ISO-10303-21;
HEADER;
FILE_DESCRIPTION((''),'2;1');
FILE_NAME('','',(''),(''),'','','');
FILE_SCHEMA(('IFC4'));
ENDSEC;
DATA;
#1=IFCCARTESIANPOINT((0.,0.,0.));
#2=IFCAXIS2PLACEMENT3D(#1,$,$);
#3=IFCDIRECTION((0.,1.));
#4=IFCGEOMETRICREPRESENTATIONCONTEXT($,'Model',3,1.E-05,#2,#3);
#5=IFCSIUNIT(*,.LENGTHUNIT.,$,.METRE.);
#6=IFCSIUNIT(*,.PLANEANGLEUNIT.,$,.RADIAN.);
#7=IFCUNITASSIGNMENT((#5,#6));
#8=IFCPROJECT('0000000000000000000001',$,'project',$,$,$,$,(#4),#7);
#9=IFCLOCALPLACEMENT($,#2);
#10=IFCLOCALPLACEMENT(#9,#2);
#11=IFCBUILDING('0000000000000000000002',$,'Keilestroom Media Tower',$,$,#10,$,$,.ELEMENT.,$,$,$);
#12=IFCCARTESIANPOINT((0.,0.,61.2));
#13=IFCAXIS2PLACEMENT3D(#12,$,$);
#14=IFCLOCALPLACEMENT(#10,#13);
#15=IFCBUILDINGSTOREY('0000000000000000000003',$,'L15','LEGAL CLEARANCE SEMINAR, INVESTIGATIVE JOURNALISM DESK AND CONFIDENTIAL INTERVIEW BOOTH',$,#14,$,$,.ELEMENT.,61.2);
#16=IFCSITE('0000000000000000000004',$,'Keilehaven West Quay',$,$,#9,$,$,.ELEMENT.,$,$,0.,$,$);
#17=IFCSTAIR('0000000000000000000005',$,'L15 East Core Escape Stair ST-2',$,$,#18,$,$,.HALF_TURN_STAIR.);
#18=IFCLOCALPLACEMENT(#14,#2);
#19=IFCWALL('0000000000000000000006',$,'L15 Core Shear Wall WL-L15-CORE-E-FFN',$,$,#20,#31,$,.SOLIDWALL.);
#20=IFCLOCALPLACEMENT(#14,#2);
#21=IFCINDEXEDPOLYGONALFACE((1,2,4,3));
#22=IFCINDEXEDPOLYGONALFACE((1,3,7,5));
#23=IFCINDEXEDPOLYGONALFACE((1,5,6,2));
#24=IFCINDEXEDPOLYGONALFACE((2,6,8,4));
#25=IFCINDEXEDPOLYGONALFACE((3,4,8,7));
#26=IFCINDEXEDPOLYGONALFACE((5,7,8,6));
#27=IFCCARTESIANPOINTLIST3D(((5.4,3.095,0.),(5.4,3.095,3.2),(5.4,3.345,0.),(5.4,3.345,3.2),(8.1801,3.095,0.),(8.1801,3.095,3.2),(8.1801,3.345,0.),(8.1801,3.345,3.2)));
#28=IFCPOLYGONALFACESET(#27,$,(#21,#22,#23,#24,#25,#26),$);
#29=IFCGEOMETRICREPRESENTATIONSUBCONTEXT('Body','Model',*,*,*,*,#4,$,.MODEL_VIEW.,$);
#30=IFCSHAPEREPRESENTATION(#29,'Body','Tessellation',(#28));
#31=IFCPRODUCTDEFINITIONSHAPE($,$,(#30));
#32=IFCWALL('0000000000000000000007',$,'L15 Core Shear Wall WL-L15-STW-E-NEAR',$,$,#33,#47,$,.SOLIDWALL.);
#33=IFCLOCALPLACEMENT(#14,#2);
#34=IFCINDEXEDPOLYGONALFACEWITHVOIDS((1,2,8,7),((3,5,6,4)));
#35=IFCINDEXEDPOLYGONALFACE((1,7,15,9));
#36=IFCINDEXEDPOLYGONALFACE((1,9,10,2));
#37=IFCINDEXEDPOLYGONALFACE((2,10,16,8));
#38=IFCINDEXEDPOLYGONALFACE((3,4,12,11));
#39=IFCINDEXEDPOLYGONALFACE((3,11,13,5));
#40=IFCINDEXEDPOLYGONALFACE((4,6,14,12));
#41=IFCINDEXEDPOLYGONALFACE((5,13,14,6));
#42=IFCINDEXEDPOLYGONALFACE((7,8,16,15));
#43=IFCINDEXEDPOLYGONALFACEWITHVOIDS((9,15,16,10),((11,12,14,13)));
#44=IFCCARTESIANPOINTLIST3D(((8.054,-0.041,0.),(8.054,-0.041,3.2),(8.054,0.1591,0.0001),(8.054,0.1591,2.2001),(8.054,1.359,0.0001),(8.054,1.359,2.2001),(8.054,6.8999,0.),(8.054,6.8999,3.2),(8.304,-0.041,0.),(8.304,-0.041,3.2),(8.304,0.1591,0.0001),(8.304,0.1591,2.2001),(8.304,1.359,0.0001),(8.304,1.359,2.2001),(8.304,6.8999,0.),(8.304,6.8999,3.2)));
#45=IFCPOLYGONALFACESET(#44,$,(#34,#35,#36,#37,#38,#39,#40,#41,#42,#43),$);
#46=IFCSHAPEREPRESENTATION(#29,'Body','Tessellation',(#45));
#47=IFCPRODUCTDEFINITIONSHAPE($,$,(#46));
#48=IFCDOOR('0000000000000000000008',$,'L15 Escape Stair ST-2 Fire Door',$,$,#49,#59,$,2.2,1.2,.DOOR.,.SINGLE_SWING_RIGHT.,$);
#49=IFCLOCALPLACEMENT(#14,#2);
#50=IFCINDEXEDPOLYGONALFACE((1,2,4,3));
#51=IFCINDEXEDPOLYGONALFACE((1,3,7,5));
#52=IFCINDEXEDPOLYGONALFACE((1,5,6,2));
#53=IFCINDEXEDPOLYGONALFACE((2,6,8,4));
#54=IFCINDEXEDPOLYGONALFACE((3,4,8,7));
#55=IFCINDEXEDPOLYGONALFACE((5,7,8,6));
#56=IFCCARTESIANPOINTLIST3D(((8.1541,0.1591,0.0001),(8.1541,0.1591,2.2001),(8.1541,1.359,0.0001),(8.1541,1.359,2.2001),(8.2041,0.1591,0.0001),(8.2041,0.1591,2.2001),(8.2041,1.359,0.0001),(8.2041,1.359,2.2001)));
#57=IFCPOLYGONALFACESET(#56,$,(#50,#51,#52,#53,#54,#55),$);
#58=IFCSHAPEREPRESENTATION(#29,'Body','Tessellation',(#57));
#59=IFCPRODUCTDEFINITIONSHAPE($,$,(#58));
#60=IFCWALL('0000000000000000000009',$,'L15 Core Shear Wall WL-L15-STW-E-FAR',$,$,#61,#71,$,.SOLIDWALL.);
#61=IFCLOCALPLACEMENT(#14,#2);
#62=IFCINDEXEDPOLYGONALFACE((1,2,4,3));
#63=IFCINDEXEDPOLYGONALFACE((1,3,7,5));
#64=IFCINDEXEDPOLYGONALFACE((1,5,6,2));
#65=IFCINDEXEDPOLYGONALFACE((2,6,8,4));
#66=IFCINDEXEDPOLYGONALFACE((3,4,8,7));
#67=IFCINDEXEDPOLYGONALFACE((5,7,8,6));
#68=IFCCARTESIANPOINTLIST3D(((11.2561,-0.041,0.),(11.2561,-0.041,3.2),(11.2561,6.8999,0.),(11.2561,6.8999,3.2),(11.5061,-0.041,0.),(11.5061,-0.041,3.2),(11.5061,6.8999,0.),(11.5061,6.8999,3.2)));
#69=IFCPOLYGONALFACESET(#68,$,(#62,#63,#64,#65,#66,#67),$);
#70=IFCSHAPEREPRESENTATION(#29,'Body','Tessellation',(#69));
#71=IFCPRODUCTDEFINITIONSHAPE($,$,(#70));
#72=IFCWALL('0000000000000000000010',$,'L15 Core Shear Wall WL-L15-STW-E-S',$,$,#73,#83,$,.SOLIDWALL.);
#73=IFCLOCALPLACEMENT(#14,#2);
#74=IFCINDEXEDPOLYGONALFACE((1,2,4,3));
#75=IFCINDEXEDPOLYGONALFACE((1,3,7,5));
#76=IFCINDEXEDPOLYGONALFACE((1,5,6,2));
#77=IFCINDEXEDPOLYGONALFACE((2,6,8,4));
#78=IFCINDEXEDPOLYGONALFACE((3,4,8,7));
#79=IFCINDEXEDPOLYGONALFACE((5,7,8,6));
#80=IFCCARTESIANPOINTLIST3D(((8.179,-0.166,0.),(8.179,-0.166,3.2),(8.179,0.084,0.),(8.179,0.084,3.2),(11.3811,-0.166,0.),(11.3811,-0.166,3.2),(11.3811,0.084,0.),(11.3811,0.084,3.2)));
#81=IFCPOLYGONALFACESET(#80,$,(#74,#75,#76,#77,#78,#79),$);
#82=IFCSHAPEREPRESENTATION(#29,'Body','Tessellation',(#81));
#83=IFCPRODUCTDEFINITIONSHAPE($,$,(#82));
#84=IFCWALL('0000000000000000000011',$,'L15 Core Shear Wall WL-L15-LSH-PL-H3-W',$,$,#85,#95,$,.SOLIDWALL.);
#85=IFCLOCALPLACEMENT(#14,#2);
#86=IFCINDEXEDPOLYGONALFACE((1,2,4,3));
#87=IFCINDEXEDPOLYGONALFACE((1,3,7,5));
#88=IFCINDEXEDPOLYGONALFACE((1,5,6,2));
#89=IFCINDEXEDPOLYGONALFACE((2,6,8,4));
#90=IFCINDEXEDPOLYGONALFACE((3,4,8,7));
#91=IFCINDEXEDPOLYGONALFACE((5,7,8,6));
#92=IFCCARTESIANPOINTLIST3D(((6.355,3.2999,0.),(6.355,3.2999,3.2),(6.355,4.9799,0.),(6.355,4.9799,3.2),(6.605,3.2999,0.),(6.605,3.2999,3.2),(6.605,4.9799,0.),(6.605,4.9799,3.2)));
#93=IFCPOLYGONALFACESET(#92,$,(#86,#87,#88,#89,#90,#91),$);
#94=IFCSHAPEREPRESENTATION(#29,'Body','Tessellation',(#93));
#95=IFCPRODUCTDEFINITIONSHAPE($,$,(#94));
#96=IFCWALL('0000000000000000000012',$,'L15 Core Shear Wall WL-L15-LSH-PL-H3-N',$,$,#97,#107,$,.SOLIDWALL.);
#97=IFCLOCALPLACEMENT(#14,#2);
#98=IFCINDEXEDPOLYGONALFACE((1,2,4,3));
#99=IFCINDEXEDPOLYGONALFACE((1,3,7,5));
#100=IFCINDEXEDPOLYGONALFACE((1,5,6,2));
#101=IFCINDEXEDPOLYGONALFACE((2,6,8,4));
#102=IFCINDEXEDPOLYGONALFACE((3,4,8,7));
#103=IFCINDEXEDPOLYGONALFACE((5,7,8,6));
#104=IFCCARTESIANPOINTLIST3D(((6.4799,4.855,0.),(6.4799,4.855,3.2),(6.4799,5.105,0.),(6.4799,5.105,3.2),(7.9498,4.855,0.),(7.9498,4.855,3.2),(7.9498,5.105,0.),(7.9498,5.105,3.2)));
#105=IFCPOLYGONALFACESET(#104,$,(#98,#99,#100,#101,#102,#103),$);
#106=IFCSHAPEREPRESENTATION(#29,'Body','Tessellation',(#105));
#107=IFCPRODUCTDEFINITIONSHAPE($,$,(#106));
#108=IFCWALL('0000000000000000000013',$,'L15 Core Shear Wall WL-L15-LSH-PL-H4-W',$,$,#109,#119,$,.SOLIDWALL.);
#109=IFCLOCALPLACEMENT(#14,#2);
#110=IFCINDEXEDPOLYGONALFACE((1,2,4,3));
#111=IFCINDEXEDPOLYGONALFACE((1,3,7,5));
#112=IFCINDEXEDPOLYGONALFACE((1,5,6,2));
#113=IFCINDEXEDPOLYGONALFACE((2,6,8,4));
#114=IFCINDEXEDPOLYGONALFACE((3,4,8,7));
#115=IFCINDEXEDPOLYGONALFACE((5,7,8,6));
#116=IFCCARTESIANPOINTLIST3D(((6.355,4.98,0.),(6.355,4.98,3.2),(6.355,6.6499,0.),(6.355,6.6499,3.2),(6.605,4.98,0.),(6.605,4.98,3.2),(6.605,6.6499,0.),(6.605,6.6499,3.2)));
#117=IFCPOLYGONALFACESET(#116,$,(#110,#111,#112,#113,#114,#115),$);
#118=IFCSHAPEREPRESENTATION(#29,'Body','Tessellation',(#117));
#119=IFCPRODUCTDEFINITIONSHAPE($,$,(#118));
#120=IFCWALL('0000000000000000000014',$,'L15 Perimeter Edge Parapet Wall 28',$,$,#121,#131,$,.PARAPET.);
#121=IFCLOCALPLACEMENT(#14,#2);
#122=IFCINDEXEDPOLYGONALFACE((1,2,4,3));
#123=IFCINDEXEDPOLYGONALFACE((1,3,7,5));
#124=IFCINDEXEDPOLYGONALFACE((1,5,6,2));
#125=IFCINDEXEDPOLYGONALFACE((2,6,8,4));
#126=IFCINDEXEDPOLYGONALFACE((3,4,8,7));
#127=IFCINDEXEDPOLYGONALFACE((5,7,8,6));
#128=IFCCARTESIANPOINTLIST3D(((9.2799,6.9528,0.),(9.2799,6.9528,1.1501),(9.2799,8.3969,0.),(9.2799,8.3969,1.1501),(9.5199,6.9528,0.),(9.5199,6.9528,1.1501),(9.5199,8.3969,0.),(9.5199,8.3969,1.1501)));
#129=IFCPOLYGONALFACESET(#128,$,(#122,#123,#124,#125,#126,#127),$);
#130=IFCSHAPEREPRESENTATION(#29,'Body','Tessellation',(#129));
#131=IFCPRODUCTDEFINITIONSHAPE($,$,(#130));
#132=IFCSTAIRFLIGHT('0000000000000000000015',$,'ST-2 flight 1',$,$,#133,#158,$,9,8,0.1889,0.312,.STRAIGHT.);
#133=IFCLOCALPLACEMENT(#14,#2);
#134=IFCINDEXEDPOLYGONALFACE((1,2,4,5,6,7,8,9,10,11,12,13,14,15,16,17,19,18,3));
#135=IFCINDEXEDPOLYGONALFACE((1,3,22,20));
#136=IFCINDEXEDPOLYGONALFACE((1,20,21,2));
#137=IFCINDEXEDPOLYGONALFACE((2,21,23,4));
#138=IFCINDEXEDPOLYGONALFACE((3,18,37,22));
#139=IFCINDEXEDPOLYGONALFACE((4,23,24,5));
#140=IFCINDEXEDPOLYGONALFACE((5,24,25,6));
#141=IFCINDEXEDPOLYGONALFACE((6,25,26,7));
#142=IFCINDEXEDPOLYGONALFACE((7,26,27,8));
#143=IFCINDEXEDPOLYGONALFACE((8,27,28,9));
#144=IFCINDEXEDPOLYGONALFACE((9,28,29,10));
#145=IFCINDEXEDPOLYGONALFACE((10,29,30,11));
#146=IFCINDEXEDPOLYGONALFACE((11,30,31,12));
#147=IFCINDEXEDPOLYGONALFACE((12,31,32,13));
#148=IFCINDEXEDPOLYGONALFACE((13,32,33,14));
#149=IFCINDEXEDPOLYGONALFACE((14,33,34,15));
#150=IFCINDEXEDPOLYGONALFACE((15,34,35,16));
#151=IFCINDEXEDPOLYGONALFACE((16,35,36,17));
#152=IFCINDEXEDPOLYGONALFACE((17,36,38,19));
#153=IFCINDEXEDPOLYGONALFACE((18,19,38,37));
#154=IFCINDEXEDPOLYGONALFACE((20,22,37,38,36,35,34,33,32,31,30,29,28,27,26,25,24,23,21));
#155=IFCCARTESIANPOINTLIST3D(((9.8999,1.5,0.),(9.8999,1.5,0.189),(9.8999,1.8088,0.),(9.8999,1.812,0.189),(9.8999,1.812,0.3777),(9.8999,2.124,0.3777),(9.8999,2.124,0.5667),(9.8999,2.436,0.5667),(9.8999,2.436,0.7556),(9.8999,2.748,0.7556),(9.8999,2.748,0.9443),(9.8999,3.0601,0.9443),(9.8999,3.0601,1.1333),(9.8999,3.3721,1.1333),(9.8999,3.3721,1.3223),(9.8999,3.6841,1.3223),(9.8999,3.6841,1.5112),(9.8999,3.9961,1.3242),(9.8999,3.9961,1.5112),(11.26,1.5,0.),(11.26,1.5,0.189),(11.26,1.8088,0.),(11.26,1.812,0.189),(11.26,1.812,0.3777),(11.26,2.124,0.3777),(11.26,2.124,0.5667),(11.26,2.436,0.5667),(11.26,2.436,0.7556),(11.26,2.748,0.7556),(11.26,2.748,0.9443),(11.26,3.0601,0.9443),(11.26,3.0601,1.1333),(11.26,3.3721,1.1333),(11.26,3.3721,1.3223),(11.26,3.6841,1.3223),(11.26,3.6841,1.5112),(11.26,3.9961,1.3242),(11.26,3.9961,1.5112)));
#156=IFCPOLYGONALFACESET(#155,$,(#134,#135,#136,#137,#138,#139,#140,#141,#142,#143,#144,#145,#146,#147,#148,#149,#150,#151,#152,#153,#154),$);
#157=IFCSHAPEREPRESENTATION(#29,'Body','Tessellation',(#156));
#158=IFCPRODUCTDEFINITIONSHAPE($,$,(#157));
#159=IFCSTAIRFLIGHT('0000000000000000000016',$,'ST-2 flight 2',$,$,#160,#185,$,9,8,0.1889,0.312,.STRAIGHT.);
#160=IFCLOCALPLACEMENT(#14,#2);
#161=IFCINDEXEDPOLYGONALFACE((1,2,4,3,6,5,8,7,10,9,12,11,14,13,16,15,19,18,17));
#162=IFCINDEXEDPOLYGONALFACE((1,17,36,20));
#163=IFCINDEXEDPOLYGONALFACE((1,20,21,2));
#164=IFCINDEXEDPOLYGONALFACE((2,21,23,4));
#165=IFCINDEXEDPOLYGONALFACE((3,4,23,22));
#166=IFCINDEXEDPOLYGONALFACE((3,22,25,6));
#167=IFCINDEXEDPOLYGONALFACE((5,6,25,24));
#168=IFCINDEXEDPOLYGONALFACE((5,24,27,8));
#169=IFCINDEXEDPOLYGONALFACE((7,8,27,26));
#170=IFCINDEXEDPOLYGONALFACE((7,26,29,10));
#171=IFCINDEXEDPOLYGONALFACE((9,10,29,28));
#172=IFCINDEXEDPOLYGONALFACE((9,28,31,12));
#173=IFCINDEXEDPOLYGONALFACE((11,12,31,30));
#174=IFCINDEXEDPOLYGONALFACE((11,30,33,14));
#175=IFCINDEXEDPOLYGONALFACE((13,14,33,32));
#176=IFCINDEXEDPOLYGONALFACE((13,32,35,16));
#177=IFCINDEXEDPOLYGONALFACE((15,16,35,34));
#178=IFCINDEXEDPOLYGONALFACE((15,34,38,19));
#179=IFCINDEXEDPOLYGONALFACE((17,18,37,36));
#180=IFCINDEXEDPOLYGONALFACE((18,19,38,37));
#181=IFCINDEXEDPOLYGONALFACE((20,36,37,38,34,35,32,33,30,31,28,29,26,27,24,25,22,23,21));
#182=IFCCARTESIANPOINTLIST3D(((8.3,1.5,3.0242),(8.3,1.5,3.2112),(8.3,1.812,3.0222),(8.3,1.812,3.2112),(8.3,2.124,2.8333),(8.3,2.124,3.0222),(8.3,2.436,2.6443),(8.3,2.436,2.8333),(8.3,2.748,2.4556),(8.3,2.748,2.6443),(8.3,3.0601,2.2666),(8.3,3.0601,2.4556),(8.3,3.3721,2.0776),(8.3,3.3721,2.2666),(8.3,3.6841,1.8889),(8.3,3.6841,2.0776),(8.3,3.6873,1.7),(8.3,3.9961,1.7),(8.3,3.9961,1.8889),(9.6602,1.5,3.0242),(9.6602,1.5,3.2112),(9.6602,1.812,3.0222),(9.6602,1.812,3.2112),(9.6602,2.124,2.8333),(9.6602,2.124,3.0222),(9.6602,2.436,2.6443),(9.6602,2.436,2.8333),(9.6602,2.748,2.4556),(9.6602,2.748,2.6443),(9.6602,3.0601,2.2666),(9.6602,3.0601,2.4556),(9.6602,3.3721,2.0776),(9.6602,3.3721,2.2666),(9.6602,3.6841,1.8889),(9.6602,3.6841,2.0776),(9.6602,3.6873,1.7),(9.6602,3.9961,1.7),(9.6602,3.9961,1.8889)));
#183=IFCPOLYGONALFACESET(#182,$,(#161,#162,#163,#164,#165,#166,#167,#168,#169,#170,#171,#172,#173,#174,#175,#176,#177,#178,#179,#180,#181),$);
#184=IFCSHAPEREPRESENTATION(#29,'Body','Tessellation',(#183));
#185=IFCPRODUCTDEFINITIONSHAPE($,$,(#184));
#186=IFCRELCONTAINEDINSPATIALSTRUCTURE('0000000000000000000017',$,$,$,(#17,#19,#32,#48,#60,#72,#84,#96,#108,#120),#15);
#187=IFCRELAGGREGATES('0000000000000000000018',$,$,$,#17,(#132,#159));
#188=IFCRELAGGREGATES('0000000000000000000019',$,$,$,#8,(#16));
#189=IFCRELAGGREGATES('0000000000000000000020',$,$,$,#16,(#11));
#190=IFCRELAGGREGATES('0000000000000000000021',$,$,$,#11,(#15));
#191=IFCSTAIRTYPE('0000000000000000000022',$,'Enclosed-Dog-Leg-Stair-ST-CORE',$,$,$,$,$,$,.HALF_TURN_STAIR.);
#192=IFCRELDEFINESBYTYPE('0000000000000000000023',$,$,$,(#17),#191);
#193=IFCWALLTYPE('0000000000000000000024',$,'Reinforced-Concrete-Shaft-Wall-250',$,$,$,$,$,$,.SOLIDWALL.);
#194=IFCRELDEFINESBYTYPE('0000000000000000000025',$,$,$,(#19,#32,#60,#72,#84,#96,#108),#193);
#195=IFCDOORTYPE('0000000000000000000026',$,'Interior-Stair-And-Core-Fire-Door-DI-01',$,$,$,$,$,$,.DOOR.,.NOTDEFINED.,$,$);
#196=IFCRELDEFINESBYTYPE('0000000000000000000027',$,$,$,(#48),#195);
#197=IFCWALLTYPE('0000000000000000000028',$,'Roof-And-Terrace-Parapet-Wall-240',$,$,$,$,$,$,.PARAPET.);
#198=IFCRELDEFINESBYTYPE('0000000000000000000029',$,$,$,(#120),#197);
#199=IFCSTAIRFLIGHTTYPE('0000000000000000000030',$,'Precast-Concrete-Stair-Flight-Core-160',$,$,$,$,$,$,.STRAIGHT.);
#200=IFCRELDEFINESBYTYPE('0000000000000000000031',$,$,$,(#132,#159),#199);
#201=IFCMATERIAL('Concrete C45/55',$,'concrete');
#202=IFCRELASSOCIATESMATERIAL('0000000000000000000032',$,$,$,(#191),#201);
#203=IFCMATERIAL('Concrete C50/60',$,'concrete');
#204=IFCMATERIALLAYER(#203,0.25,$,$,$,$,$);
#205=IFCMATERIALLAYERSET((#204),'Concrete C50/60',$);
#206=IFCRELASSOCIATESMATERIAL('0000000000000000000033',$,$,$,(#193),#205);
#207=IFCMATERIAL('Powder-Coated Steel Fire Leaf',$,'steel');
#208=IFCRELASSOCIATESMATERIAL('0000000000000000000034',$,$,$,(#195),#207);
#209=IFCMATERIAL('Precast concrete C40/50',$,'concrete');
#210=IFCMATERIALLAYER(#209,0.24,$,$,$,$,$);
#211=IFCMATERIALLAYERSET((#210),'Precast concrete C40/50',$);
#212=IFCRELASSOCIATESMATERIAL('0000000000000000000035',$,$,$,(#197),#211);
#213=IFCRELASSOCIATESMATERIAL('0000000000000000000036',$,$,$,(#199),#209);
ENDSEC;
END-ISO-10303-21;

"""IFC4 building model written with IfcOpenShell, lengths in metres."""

from ifc_helpers import new_model, si_unit, direction, frame, frame_2d, origin, place, context, subcontext, project, spatial, polyline, rectangle, outline, extrude, source, transform, mapped, material, layer, layer_set, type_object, element, fill, aggregate, save


model = new_model("IFC4")

# Units and contexts
model_context = context("Model", 3, precision=1e-05, world=origin(), true_north=direction((0.0, 1.0)))
body_context = subcontext(model_context, "Body", "Model", "MODEL_VIEW")
ifc_project = project(units=[si_unit("LENGTHUNIT", "METRE"), si_unit("PLANEANGLEUNIT", "RADIAN")], contexts=[model_context])

# Site, building, storey
site_placement = place(None, origin())
site = spatial("IfcSite", under=ifc_project, at=site_placement, Name="Keilehaven West Quay", CompositionType="ELEMENT", RefElevation=0.0)
building_placement = place(site_placement, origin())
building = spatial("IfcBuilding", under=site, at=building_placement, Name="Keilestroom Media Tower", CompositionType="ELEMENT")
storey_placement = place(building_placement, frame((0.0, 0.0, 61.2)))
storey = spatial("IfcBuildingStorey", under=building, at=storey_placement, Name="L15", Description="LEGAL CLEARANCE SEMINAR, INVESTIGATIVE JOURNALISM DESK AND CONFIDENTIAL INTERVIEW BOOTH", CompositionType="ELEMENT", Elevation=61.2)

# Stair
ifc_material_1 = material(Name="Concrete C45/55", Category="concrete")
stair_type = type_object("IfcStairType", Name="Enclosed-Dog-Leg-Stair-ST-CORE", PredefinedType="HALF_TURN_STAIR", material=ifc_material_1)
stair_1_placement = place(storey_placement, origin())
stair_1 = element("IfcStair", 1, at=stair_1_placement, inside=storey, type_object=stair_type, Name="L15 East Core Escape Stair ST-2", PredefinedType="HALF_TURN_STAIR")

# Wall
ifc_material_2 = material(Name="Concrete C50/60", Category="concrete")
ifc_layer_1 = layer(ifc_material_2, 0.25)
ifc_layer_set_1 = layer_set([ifc_layer_1], Name="Concrete C50/60")
wall_type_1 = type_object("IfcWallType", Name="Reinforced-Concrete-Shaft-Wall-250", PredefinedType="SOLIDWALL", material=ifc_layer_set_1)
wall_1_placement = place(storey_placement, frame((5.3999, 3.22, 0.0), z_axis=(0.0, 0.0, 1.0), x_axis=(1.0, 0.0, 0.0)))
element("IfcWall", 2, at=wall_1_placement, inside=storey, type_object=wall_type_1, Name="L15 Core Shear Wall WL-L15-CORE-E-FFN", PredefinedType="SOLIDWALL", context=body_context, shape_type="SweptSolid", body=[
    extrude(rectangle(XDim=2.78, YDim=0.25, at=frame_2d((1.3901, 0.0))), origin(), (0.0, 0.0, 1.0), 3.2),
])

# Wall, opening, door
wall_2_placement = place(storey_placement, frame((8.179, -0.041, 0.0), z_axis=(0.0, 0.0, 1.0), x_axis=(0.0, 1.0, 0.0)))
wall_2 = element("IfcWall", 3, at=wall_2_placement, inside=storey, type_object=wall_type_1, Name="L15 Core Shear Wall WL-L15-STW-E-NEAR", PredefinedType="SOLIDWALL", context=body_context, shape_type="SweptSolid", body=[
    extrude(rectangle(XDim=6.9409, YDim=0.25, at=frame_2d((3.4705, 0.0))), origin(), (0.0, 0.0, 1.0), 3.2),
])
opening_placement = place(wall_2_placement, frame((0.2, 0.0, 0.0)))
opening = element("IfcOpeningElement", 4, at=opening_placement, cuts=wall_2, PredefinedType="OPENING", context=body_context, shape_type="SweptSolid", body=[
    extrude(rectangle(XDim=1.2, YDim=2.2, at=frame_2d((0.6001, 1.1001))), frame((0.0, 0.135, 0.0), z_axis=(0.0, -1.0, 0.0), x_axis=(1.0, 0.0, 0.0)), (0.0, 0.0, 1.0), 0.27),
])
ifc_material_3 = material(Name="Powder-Coated Steel Fire Leaf", Category="steel")
door_type = type_object("IfcDoorType", Name="Interior-Stair-And-Core-Fire-Door-DI-01", OperationType="NOTDEFINED", PredefinedType="DOOR", material=ifc_material_3)
shared_shape_1 = source(origin(), body_context, "Body", "SweptSolid", [
    extrude(rectangle(XDim=1.2, YDim=2.2, at=frame_2d((0.6001, 1.1001))), frame((0.0, 0.0249, 0.0), z_axis=(0.0, -1.0, 0.0), x_axis=(1.0, 0.0, 0.0)), (0.0, 0.0, 1.0), 0.05),
])
door_placement = place(opening_placement, origin())
door = element("IfcDoor", 5, at=door_placement, inside=storey, type_object=door_type, Name="L15 Escape Stair ST-2 Fire Door", OperationType="SINGLE_SWING_RIGHT", OverallHeight=2.2, OverallWidth=1.2, PredefinedType="DOOR", context=body_context, shape_type="MappedRepresentation", body=[
    mapped(shared_shape_1, transform((0.0, 0.0, 0.0), x_axis=(1.0, 0.0, 0.0), y_axis=(0.0, 1.0, 0.0), z_axis=(0.0, 0.0, 1.0), scale=1.0)),
])
fill(opening, door)

# Walls
wall_3_placement = place(storey_placement, frame((11.3811, -0.041, 0.0), z_axis=(0.0, 0.0, 1.0), x_axis=(0.0, 1.0, 0.0)))
element("IfcWall", 6, at=wall_3_placement, inside=storey, type_object=wall_type_1, Name="L15 Core Shear Wall WL-L15-STW-E-FAR", PredefinedType="SOLIDWALL", context=body_context, shape_type="SweptSolid", body=[
    extrude(rectangle(XDim=6.9409, YDim=0.25, at=frame_2d((3.4705, 0.0))), origin(), (0.0, 0.0, 1.0), 3.2),
])
wall_4_placement = place(storey_placement, frame((8.179, -0.041, 0.0), z_axis=(0.0, 0.0, 1.0), x_axis=(1.0, 0.0, 0.0)))
element("IfcWall", 7, at=wall_4_placement, inside=storey, type_object=wall_type_1, Name="L15 Core Shear Wall WL-L15-STW-E-S", PredefinedType="SOLIDWALL", context=body_context, shape_type="SweptSolid", body=[
    extrude(rectangle(XDim=3.2021, YDim=0.25, at=frame_2d((1.6011, 0.0))), origin(), (0.0, 0.0, 1.0), 3.2),
])
wall_5_placement = place(storey_placement, frame((6.48, 3.3, 0.0), z_axis=(0.0, 0.0, 1.0), x_axis=(0.0, 1.0, 0.0)))
element("IfcWall", 8, at=wall_5_placement, inside=storey, type_object=wall_type_1, Name="L15 Core Shear Wall WL-L15-LSH-PL-H3-W", PredefinedType="SOLIDWALL", context=body_context, shape_type="SweptSolid", body=[
    extrude(rectangle(XDim=1.6799, YDim=0.25, at=frame_2d((0.8398, 0.0))), origin(), (0.0, 0.0, 1.0), 3.2),
])
wall_6_placement = place(storey_placement, frame((6.48, 4.98, 0.0), z_axis=(0.0, 0.0, 1.0), x_axis=(1.0, 0.0, 0.0)))
element("IfcWall", 9, at=wall_6_placement, inside=storey, type_object=wall_type_1, Name="L15 Core Shear Wall WL-L15-LSH-PL-H3-N", PredefinedType="SOLIDWALL", context=body_context, shape_type="SweptSolid", body=[
    extrude(rectangle(XDim=1.47, YDim=0.25, at=frame_2d((0.7349, 0.0))), origin(), (0.0, 0.0, 1.0), 3.2),
])
wall_7_placement = place(storey_placement, frame((6.48, 4.98, 0.0), z_axis=(0.0, 0.0, 1.0), x_axis=(0.0, 1.0, 0.0)))
element("IfcWall", 10, at=wall_7_placement, inside=storey, type_object=wall_type_1, Name="L15 Core Shear Wall WL-L15-LSH-PL-H4-W", PredefinedType="SOLIDWALL", context=body_context, shape_type="SweptSolid", body=[
    extrude(rectangle(XDim=1.6699, YDim=0.25, at=frame_2d((0.835, 0.0))), origin(), (0.0, 0.0, 1.0), 3.2),
])
ifc_material_4 = material(Name="Precast concrete C40/50", Category="concrete")
ifc_layer_2 = layer(ifc_material_4, 0.24)
ifc_layer_set_2 = layer_set([ifc_layer_2], Name="Precast concrete C40/50")
wall_type_2 = type_object("IfcWallType", Name="Roof-And-Terrace-Parapet-Wall-240", PredefinedType="PARAPET", material=ifc_layer_set_2)
wall_8_placement = place(storey_placement, frame((9.3999, 8.397, 0.0), z_axis=(0.0, 0.0, 1.0), x_axis=(0.0, -1.0, 0.0)))
element("IfcWall", 11, at=wall_8_placement, inside=storey, type_object=wall_type_2, Name="L15 Perimeter Edge Parapet Wall 28", PredefinedType="PARAPET", context=body_context, shape_type="SweptSolid", body=[
    extrude(rectangle(XDim=1.4441, YDim=0.24, at=frame_2d((0.7222, 0.0))), origin(), (0.0, 0.0, 1.0), 1.1501),
])

# Stair flights
stair_flight_type = type_object("IfcStairFlightType", Name="Precast-Concrete-Stair-Flight-Core-160", PredefinedType="STRAIGHT", material=ifc_material_4)
stair_flight_1_placement = place(storey_placement, frame((10.5801, 1.5, 0.0), z_axis=(0.0, 0.0, 1.0), x_axis=(0.0, 1.0, 0.0)))
stair_flight_1 = element("IfcStairFlight", 12, at=stair_flight_1_placement, type_object=stair_flight_type, Name="ST-2 flight 1", NumberOfRisers=9, NumberOfTreads=8, PredefinedType="STRAIGHT", RiserHeight=0.1889, TreadLength=0.312, context=body_context, shape_type="SweptSolid", body=[
    extrude(outline(polyline([(0.0, 0.0), (0.0, 0.189), (0.312, 0.189), (0.312, 0.3777), (0.624, 0.3777), (0.624, 0.5667), (0.936, 0.5667), (0.936, 0.7556), (1.248, 0.7556), (1.248, 0.9443), (1.5601, 0.9443), (1.5601, 1.1333), (1.8721, 1.1333), (1.8721, 1.3223), (2.1841, 1.3223), (2.1841, 1.5112), (2.4961, 1.5112), (2.4961, 1.7), (2.4961, 1.3242), (0.3088, 0.0), (0.0, 0.0)])), frame((0.0, 0.6802, 0.0), z_axis=(0.0, -1.0, 0.0), x_axis=(1.0, 0.0, 0.0)), (0.0, 0.0, 1.0), 1.3601),
])
stair_flight_2_placement = place(storey_placement, frame((8.98, 3.9961, 1.7), z_axis=(0.0, 0.0, 1.0), x_axis=(0.0, -1.0, 0.0)))
stair_flight_2 = element("IfcStairFlight", 13, at=stair_flight_2_placement, type_object=stair_flight_type, Name="ST-2 flight 2", NumberOfRisers=9, NumberOfTreads=8, PredefinedType="STRAIGHT", RiserHeight=0.1889, TreadLength=0.312, context=body_context, shape_type="SweptSolid", body=[
    extrude(outline(polyline([(0.0, 0.0), (0.0, 0.189), (0.312, 0.189), (0.312, 0.3777), (0.624, 0.3777), (0.624, 0.5667), (0.936, 0.5667), (0.936, 0.7556), (1.248, 0.7556), (1.248, 0.9443), (1.5601, 0.9443), (1.5601, 1.1333), (1.8721, 1.1333), (1.8721, 1.3223), (2.1841, 1.3223), (2.1841, 1.5112), (2.4961, 1.5112), (2.4961, 1.7), (2.4961, 1.3242), (0.3088, 0.0), (0.0, 0.0)])), frame((0.0, 0.6802, 0.0), z_axis=(0.0, -1.0, 0.0), x_axis=(1.0, 0.0, 0.0)), (0.0, 0.0, 1.0), 1.3601),
])
aggregate(stair_1, [stair_flight_1, stair_flight_2])

save(model, "model.ifc")
